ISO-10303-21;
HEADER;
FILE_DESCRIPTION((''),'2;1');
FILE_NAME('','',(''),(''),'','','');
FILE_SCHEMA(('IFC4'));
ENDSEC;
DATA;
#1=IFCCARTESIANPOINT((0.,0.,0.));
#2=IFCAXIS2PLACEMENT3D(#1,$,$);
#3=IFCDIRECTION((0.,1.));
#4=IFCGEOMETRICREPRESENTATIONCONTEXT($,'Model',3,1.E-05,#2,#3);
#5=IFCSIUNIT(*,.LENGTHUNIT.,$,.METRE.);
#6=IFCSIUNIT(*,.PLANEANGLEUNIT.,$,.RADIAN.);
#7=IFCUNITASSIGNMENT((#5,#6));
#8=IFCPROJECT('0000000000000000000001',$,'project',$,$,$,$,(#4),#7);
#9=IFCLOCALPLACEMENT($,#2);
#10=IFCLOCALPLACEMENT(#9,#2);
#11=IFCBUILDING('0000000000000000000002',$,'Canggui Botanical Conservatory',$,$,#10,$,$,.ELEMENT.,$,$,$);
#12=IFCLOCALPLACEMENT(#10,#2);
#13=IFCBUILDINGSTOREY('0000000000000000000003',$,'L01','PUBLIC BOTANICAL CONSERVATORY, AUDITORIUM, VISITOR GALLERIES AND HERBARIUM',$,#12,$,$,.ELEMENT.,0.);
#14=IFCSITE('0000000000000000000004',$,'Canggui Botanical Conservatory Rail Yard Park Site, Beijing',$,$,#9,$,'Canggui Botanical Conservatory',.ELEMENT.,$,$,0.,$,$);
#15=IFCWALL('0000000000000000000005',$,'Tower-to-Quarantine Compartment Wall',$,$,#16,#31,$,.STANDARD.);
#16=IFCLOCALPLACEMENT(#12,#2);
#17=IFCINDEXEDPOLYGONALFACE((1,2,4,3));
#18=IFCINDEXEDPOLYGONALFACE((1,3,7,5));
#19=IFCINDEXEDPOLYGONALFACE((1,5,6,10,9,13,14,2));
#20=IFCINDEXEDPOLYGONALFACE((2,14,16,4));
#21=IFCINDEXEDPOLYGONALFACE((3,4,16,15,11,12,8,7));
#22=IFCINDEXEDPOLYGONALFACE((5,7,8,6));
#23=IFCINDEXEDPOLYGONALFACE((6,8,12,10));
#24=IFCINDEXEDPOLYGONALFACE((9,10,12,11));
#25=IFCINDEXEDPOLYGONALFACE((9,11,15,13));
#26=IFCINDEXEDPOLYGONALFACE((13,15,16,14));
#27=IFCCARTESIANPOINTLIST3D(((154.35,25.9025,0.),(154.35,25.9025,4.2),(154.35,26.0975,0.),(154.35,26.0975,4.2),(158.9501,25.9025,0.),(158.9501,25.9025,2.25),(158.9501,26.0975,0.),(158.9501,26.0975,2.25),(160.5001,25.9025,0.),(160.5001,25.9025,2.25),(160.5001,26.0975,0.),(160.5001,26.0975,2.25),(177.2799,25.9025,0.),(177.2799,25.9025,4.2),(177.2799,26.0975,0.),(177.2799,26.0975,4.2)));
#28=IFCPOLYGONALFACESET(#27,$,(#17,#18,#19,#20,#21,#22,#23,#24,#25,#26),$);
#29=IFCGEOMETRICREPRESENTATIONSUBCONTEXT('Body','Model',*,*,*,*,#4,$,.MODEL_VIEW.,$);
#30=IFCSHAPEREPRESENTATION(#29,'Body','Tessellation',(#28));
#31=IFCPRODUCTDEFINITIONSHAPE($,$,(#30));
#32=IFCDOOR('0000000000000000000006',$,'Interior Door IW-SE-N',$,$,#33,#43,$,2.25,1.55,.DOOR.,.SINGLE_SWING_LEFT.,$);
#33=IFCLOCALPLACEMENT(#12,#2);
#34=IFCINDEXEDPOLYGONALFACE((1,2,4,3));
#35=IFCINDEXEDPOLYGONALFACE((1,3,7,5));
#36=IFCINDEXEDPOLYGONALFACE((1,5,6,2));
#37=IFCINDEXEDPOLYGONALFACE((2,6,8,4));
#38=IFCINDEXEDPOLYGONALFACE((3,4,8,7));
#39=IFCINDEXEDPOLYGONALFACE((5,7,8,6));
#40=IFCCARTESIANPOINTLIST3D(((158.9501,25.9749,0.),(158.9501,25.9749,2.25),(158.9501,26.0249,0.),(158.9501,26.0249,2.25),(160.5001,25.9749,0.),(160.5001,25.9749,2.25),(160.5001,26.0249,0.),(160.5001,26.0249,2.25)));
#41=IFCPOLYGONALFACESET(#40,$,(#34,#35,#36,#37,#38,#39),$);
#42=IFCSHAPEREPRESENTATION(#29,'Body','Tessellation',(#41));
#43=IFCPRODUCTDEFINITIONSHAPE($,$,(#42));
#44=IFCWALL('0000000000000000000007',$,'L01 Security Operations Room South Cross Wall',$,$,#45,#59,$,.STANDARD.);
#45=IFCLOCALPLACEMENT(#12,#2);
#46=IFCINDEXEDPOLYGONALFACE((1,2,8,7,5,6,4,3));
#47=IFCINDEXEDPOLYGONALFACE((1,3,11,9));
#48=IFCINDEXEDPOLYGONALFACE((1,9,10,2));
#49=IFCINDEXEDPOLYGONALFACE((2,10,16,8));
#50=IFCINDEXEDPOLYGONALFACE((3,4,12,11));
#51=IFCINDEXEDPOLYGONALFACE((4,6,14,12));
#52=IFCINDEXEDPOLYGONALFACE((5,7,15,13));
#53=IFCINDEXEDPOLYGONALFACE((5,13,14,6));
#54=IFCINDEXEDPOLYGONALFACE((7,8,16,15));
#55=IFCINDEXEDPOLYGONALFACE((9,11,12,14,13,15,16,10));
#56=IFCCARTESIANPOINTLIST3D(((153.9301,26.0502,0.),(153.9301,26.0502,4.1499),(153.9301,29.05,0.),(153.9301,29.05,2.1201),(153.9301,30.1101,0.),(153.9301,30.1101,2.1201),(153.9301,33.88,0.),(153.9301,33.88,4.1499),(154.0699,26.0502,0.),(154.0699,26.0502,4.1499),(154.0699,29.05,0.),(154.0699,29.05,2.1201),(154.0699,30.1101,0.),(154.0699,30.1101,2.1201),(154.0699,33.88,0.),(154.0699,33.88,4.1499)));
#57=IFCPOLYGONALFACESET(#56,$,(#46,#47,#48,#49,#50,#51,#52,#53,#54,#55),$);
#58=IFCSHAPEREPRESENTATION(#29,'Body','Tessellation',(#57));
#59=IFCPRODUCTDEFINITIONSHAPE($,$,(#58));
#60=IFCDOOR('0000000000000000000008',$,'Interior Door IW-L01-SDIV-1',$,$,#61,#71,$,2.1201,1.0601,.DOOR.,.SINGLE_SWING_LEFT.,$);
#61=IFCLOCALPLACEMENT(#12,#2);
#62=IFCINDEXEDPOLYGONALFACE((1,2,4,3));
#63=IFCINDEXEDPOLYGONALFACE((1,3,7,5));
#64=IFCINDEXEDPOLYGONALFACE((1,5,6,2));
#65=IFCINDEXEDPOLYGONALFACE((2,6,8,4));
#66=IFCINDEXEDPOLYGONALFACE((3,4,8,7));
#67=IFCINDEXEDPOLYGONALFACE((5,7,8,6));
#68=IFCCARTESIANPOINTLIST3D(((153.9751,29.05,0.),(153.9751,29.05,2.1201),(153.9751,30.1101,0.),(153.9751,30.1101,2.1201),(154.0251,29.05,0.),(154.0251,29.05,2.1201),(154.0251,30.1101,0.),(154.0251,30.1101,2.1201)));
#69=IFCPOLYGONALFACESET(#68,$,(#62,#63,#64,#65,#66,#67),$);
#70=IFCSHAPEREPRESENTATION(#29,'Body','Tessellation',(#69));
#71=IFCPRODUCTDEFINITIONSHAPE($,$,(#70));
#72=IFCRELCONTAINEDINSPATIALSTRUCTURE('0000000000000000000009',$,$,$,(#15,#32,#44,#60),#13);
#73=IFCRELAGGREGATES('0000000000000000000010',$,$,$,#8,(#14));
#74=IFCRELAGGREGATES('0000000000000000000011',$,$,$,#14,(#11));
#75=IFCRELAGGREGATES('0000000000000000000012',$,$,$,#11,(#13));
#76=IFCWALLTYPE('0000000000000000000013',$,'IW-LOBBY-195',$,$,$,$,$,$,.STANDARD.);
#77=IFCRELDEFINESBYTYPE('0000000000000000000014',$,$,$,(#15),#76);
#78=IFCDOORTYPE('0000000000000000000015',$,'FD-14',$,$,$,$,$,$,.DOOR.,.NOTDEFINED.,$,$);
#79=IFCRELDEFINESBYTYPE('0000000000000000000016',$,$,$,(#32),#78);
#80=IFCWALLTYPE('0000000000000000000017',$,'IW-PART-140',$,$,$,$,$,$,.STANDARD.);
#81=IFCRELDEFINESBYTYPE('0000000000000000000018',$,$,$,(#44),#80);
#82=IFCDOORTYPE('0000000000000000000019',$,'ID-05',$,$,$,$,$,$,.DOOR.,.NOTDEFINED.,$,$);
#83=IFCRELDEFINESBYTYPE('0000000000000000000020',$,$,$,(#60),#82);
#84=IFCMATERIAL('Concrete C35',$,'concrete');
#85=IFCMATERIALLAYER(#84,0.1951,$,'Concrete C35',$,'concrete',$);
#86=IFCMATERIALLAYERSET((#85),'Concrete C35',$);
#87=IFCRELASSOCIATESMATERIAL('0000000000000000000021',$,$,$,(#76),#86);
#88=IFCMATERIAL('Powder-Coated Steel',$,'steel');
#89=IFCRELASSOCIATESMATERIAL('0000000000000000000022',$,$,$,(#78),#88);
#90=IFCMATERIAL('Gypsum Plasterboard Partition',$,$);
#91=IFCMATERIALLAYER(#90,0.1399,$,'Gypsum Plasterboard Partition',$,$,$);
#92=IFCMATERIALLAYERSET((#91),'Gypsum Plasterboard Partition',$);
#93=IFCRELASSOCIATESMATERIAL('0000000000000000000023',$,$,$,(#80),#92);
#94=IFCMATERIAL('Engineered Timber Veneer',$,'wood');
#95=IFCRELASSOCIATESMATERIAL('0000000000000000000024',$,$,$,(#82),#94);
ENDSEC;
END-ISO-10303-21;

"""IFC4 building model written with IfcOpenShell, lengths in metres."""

from ifc_helpers import new_model, si_unit, direction, frame, frame_2d, origin, place, context, subcontext, project, spatial, rectangle, extrude, material, layer, layer_set, type_object, element, fill, save


model = new_model("IFC4")

# Units and contexts
model_context = context("Model", 3, precision=1e-05, world=origin(), true_north=direction((0.0, 1.0)))
body_context = subcontext(model_context, "Body", "Model", "MODEL_VIEW")
ifc_project = project(units=[si_unit("LENGTHUNIT", "METRE"), si_unit("PLANEANGLEUNIT", "RADIAN")], contexts=[model_context])

# Site, building, storey
site_placement = place(None, origin())
site = spatial("IfcSite", under=ifc_project, at=site_placement, Name="Canggui Botanical Conservatory Rail Yard Park Site, Beijing", LongName="Canggui Botanical Conservatory", CompositionType="ELEMENT", RefElevation=0.0)
building_placement = place(site_placement, origin())
building = spatial("IfcBuilding", under=site, at=building_placement, Name="Canggui Botanical Conservatory", CompositionType="ELEMENT")
storey_placement = place(building_placement, origin())
storey = spatial("IfcBuildingStorey", under=building, at=storey_placement, Name="L01", Description="PUBLIC BOTANICAL CONSERVATORY, AUDITORIUM, VISITOR GALLERIES AND HERBARIUM", CompositionType="ELEMENT", Elevation=0.0)

# Shared definitions
ifc_material_1 = material(Name="Concrete C35", Category="concrete")

# Walls, openings, doors
ifc_material_2 = material(Name="Gypsum Plasterboard Partition")
ifc_material_3 = material(Name="Powder-Coated Steel", Category="steel")
ifc_layer_1 = layer(ifc_material_1, 0.1951, Name="Concrete C35", Category="concrete")
ifc_layer_set_1 = layer_set([ifc_layer_1], Name="Concrete C35")
wall_type_1 = type_object("IfcWallType", Name="IW-LOBBY-195", PredefinedType="STANDARD", material=ifc_layer_set_1)
wall_1_placement = place(storey_placement, frame((154.3501, 26.0, 0.0), z_axis=(0.0, 0.0, 1.0), x_axis=(1.0, 0.0, 0.0)))
wall_1 = element("IfcWall", 1, at=wall_1_placement, inside=storey, type_object=wall_type_1, Name="Tower-to-Quarantine Compartment Wall", PredefinedType="STANDARD", context=body_context, shape_type="SweptSolid", body=[
    extrude(rectangle(XDim=22.9299, YDim=0.1951, at=frame_2d((11.4648, 0.0))), origin(), (0.0, 0.0, 1.0), 4.2),
])
opening_1_placement = place(wall_1_placement, frame((4.6001, 0.0, 0.0)))
opening_1 = element("IfcOpeningElement", 2, at=opening_1_placement, cuts=wall_1, PredefinedType="OPENING", context=body_context, shape_type="SweptSolid", body=[
    extrude(rectangle(XDim=1.55, YDim=2.25, at=frame_2d((0.7749, 1.125))), frame((0.0, 0.1074, 0.0), z_axis=(0.0, -1.0, 0.0), x_axis=(1.0, 0.0, 0.0)), (0.0, 0.0, 1.0), 0.2151),
])
door_type_1 = type_object("IfcDoorType", Name="FD-14", OperationType="NOTDEFINED", PredefinedType="DOOR", material=ifc_material_3)
door_1_placement = place(opening_1_placement, origin())
door_1 = element("IfcDoor", 3, at=door_1_placement, inside=storey, type_object=door_type_1, Name="Interior Door IW-SE-N", OperationType="SINGLE_SWING_LEFT", OverallHeight=2.25, OverallWidth=1.55, PredefinedType="DOOR", context=body_context, shape_type="SweptSolid", body=[
    extrude(rectangle(XDim=1.55, YDim=2.25, at=frame_2d((0.7749, 1.125))), frame((0.0, 0.0249, 0.0), z_axis=(0.0, -1.0, 0.0), x_axis=(1.0, 0.0, 0.0)), (0.0, 0.0, 1.0), 0.05),
])
fill(opening_1, door_1)
ifc_layer_2 = layer(ifc_material_2, 0.1399, Name="Gypsum Plasterboard Partition")
ifc_layer_set_2 = layer_set([ifc_layer_2], Name="Gypsum Plasterboard Partition")
wall_type_2 = type_object("IfcWallType", Name="IW-PART-140", PredefinedType="STANDARD", material=ifc_layer_set_2)
wall_2_placement = place(storey_placement, frame((154.0, 26.05, 0.0), z_axis=(0.0, 0.0, 1.0), x_axis=(0.0, 1.0, 0.0)))
wall_2 = element("IfcWall", 4, at=wall_2_placement, inside=storey, type_object=wall_type_2, Name="L01 Security Operations Room South Cross Wall", PredefinedType="STANDARD", context=body_context, shape_type="SweptSolid", body=[
    extrude(rectangle(XDim=7.8298, YDim=0.1399, at=frame_2d((3.915, 0.0))), origin(), (0.0, 0.0, 1.0), 4.1499),
])
opening_2_placement = place(wall_2_placement, frame((3.0, 0.0, 0.0)))
opening_2 = element("IfcOpeningElement", 5, at=opening_2_placement, cuts=wall_2, PredefinedType="OPENING", context=body_context, shape_type="SweptSolid", body=[
    extrude(rectangle(XDim=1.0601, YDim=2.1201, at=frame_2d((0.53, 1.0601))), frame((0.0, 0.0801, 0.0), z_axis=(0.0, -1.0, 0.0), x_axis=(1.0, 0.0, 0.0)), (0.0, 0.0, 1.0), 0.1599),
])
ifc_material_4 = material(Name="Engineered Timber Veneer", Category="wood")
door_type_2 = type_object("IfcDoorType", Name="ID-05", OperationType="NOTDEFINED", PredefinedType="DOOR", material=ifc_material_4)
door_2_placement = place(opening_2_placement, origin())
door_2 = element("IfcDoor", 6, at=door_2_placement, inside=storey, type_object=door_type_2, Name="Interior Door IW-L01-SDIV-1", OperationType="SINGLE_SWING_LEFT", OverallHeight=2.1201, OverallWidth=1.0601, PredefinedType="DOOR", context=body_context, shape_type="SweptSolid", body=[
    extrude(rectangle(XDim=1.0601, YDim=2.1201, at=frame_2d((0.53, 1.0601))), frame((0.0, 0.0249, 0.0), z_axis=(0.0, -1.0, 0.0), x_axis=(1.0, 0.0, 0.0)), (0.0, 0.0, 1.0), 0.05),
])
fill(opening_2, door_2)

save(model, "model.ifc")
